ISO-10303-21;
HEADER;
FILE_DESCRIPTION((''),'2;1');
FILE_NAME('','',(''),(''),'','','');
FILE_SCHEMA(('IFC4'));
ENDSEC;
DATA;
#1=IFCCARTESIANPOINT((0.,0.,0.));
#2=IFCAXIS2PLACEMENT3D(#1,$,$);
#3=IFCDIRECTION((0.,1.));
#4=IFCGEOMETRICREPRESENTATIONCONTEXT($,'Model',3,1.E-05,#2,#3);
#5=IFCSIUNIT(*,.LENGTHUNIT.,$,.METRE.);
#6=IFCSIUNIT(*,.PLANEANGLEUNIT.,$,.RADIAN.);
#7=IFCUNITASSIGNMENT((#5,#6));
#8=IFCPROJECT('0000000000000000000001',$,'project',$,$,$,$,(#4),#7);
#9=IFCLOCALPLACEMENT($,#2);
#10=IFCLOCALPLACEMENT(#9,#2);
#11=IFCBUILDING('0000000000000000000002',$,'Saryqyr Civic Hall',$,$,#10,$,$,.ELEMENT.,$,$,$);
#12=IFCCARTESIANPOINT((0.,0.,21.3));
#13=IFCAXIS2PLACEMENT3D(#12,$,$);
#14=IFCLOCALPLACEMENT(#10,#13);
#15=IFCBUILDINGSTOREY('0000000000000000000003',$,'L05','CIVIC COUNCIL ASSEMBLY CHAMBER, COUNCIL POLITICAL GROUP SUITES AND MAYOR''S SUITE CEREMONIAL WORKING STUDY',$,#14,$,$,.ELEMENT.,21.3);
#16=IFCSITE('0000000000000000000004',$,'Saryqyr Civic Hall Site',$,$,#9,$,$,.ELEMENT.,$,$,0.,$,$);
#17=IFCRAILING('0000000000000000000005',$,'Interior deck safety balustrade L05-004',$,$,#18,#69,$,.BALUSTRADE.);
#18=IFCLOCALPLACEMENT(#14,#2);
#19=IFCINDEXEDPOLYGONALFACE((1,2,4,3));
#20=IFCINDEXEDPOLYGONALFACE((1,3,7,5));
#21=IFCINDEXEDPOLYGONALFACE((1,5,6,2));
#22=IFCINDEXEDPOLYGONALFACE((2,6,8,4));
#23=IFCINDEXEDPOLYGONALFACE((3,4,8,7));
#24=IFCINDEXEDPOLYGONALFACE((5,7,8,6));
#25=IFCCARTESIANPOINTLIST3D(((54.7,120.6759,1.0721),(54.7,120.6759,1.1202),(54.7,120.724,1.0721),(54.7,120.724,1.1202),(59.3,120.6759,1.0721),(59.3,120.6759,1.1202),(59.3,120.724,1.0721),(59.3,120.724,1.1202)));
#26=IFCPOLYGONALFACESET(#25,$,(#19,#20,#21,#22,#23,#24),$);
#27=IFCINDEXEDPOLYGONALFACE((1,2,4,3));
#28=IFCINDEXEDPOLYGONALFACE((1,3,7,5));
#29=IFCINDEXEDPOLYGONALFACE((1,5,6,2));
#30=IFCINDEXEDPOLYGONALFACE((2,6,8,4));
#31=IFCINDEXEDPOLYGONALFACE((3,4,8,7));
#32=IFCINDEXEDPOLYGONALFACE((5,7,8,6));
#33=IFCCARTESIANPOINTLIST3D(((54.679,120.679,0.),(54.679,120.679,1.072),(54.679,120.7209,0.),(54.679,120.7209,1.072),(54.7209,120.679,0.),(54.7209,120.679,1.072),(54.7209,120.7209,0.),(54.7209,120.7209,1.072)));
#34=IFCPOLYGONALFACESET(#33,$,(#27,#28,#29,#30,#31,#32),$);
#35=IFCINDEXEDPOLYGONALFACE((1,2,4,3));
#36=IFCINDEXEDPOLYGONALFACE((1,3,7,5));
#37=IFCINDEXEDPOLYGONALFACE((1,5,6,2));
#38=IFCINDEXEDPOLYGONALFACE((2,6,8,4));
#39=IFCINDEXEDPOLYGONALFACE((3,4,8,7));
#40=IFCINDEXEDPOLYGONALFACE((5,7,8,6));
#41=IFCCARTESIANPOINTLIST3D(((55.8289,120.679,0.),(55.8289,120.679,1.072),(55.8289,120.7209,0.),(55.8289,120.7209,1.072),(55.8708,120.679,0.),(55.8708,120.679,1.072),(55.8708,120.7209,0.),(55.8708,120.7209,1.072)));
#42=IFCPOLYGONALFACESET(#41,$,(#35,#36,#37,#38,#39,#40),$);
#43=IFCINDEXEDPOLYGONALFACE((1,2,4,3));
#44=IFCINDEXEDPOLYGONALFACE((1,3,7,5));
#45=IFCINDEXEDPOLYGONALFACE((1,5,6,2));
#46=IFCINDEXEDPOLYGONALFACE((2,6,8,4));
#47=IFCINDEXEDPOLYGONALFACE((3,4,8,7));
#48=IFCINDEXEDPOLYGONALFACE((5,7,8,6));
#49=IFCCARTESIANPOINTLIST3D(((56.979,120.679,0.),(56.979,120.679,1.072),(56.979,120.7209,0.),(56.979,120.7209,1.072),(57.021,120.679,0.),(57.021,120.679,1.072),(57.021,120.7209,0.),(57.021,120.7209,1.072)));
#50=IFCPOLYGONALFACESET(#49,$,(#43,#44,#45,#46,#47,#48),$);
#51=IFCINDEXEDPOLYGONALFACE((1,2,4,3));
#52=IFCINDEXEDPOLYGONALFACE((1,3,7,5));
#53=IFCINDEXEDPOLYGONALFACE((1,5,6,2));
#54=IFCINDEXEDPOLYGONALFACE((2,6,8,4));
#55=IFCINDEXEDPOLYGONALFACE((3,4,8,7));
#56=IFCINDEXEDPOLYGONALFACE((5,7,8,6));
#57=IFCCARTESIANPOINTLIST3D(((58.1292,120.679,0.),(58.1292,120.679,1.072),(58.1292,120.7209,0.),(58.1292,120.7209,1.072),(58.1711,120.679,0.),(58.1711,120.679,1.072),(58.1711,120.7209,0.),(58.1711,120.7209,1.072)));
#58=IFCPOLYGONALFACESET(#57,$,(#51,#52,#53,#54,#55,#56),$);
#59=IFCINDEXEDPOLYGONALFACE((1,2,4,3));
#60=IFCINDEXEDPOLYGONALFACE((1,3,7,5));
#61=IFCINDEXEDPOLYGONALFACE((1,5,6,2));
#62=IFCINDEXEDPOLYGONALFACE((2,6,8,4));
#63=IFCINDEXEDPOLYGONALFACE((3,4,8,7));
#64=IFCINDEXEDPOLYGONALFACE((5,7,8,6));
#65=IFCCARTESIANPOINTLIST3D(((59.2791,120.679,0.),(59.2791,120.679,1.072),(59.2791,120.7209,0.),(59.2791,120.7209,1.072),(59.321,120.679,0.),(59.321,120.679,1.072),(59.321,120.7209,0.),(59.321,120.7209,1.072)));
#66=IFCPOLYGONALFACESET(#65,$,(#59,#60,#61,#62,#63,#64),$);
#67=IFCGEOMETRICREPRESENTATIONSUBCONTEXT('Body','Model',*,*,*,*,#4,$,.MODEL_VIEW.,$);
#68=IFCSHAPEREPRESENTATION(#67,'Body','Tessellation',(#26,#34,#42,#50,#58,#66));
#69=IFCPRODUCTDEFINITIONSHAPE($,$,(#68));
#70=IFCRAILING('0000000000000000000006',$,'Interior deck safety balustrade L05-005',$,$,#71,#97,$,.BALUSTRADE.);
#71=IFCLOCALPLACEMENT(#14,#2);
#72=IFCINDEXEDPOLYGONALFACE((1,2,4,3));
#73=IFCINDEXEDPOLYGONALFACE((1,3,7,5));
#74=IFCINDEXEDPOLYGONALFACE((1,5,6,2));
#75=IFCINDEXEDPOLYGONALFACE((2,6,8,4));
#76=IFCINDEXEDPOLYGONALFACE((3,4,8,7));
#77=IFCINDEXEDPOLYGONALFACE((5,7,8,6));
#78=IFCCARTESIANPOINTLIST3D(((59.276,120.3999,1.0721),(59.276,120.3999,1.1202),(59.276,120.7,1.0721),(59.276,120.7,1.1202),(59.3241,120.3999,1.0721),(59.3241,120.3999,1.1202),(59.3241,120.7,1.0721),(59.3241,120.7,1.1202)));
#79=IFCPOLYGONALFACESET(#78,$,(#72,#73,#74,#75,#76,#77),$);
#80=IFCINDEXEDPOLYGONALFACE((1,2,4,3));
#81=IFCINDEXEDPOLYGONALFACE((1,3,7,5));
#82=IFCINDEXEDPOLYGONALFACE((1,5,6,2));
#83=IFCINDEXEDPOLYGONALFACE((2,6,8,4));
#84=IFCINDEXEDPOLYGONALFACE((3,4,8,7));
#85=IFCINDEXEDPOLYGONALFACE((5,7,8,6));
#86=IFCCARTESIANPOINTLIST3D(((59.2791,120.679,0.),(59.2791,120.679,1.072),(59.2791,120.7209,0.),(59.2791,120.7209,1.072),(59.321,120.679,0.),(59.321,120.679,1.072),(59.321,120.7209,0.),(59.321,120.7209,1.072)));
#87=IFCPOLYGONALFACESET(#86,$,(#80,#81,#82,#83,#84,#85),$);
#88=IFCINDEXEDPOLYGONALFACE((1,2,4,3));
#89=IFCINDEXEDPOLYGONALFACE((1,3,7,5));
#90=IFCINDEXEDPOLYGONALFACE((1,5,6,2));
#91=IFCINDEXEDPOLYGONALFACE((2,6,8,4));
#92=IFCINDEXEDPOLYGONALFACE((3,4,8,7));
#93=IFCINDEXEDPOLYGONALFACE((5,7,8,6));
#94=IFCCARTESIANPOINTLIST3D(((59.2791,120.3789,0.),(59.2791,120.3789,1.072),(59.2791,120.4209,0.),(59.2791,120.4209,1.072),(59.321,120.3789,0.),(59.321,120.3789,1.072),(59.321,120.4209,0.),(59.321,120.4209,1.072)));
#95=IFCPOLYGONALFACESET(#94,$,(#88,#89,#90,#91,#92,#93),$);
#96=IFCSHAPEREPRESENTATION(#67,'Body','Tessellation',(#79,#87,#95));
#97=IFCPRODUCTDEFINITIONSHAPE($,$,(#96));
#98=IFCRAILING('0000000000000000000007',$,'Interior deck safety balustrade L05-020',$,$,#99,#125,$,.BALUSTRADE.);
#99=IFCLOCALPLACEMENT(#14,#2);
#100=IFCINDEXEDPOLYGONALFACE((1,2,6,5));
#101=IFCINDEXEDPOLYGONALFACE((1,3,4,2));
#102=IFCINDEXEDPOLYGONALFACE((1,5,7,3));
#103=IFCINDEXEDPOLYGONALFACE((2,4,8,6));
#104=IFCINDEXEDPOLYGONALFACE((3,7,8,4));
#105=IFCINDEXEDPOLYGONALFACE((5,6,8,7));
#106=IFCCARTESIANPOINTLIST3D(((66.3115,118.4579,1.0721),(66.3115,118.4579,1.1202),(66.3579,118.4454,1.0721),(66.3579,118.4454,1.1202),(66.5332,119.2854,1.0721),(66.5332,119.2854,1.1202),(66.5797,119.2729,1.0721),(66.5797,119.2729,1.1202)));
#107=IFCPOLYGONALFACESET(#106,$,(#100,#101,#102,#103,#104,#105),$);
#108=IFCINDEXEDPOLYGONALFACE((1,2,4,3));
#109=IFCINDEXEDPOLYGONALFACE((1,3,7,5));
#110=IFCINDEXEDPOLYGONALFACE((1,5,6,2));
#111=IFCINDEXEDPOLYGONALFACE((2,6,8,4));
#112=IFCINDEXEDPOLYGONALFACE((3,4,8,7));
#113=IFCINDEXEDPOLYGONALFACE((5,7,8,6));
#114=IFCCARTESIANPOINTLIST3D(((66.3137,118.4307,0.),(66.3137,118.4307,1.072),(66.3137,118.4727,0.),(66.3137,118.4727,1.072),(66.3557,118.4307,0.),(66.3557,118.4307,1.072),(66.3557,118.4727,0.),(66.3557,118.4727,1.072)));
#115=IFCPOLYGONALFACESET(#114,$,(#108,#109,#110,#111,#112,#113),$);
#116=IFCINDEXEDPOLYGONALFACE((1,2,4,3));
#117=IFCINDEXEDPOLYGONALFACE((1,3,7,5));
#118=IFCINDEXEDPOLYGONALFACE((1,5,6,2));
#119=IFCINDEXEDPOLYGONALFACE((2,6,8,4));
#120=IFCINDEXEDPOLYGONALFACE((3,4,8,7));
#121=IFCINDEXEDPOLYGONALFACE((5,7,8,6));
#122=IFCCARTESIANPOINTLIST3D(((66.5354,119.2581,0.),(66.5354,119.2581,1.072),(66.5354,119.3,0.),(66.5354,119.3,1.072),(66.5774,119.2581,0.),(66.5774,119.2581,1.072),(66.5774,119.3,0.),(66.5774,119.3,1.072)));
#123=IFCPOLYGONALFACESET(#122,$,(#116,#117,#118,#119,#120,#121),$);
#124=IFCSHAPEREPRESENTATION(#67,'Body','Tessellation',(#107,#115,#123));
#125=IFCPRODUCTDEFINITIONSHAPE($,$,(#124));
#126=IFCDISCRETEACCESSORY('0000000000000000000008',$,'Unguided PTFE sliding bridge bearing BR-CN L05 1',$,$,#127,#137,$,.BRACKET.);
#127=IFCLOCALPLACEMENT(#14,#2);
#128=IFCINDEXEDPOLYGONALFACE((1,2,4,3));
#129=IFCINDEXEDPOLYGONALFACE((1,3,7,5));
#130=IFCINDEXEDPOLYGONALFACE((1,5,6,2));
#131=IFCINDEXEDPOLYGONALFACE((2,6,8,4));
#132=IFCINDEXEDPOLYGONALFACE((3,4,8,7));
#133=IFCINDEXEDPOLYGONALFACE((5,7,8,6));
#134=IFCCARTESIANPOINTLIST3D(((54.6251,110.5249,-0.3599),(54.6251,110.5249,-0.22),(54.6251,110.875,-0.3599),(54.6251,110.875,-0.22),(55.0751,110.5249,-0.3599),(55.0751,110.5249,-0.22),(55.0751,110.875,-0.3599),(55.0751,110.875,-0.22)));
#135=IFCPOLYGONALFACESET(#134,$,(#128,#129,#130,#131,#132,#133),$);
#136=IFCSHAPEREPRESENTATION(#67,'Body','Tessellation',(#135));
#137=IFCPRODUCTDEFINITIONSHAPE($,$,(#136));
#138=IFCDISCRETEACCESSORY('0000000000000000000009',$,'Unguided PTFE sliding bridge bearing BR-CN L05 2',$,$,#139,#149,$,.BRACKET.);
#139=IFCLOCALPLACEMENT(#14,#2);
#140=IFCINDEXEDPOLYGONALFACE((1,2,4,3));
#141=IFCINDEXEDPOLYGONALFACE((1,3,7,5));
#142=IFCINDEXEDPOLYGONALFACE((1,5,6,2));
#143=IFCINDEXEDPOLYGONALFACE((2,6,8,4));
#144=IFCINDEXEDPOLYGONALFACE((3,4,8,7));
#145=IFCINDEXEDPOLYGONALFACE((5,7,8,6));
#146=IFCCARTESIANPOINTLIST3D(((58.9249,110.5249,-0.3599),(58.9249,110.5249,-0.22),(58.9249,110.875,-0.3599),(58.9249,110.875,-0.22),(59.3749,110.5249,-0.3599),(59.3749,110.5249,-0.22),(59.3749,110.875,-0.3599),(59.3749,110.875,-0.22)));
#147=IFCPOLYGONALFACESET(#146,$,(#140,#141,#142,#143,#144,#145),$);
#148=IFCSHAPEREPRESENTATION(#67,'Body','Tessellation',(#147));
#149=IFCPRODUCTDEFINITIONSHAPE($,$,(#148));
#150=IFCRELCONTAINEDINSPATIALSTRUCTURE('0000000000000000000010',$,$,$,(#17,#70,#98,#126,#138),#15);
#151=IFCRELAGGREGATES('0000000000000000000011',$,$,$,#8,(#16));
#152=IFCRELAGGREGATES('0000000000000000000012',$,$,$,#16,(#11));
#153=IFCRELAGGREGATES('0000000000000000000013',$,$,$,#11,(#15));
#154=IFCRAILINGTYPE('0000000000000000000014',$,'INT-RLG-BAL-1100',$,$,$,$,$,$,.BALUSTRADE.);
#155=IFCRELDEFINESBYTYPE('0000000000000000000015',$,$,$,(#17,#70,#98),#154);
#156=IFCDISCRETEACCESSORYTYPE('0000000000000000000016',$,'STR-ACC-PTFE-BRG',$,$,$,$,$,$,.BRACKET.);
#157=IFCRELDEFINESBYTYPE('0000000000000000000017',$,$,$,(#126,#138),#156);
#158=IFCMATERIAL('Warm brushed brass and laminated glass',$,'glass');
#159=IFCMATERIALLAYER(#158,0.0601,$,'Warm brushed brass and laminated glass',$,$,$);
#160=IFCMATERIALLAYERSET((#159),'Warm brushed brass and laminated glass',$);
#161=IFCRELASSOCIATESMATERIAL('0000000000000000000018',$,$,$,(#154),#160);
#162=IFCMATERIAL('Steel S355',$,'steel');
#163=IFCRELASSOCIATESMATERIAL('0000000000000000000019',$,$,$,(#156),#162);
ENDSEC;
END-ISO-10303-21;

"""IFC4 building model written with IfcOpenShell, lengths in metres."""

from ifc_helpers import new_model, si_unit, direction, frame, origin, origin_2d, place, context, subcontext, project, spatial, rectangle, extrude, material, layer, layer_set, type_object, element, save


model = new_model("IFC4")

# Units and contexts
model_context = context("Model", 3, precision=1e-05, world=origin(), true_north=direction((0.0, 1.0)))
body_context = subcontext(model_context, "Body", "Model", "MODEL_VIEW")
ifc_project = project(units=[si_unit("LENGTHUNIT", "METRE"), si_unit("PLANEANGLEUNIT", "RADIAN")], contexts=[model_context])

# Site, building, storey
site_placement = place(None, origin())
site = spatial("IfcSite", under=ifc_project, at=site_placement, Name="Saryqyr Civic Hall Site", CompositionType="ELEMENT", RefElevation=0.0)
building_placement = place(site_placement, origin())
building = spatial("IfcBuilding", under=site, at=building_placement, Name="Saryqyr Civic Hall", CompositionType="ELEMENT")
storey_placement = place(building_placement, frame((0.0, 0.0, 21.3)))
storey = spatial("IfcBuildingStorey", under=building, at=storey_placement, Name="L05", Description="CIVIC COUNCIL ASSEMBLY CHAMBER, COUNCIL POLITICAL GROUP SUITES AND MAYOR'S SUITE CEREMONIAL WORKING STUDY", CompositionType="ELEMENT", Elevation=21.3)

# Shared definitions
ifc_material_1 = material(Name="Steel S355", Category="steel")

# Railings
ifc_material_2 = material(Name="Warm brushed brass and laminated glass", Category="glass")
ifc_layer_1 = layer(ifc_material_2, 0.0601, Name="Warm brushed brass and laminated glass")
ifc_layer_set_1 = layer_set([ifc_layer_1], Name="Warm brushed brass and laminated glass")
railing_type_1 = type_object("IfcRailingType", Name="INT-RLG-BAL-1100", PredefinedType="BALUSTRADE", material=ifc_layer_set_1)
railing_1_placement = place(storey_placement, frame((54.7, 120.7, 0.0)))
element("IfcRailing", 1, at=railing_1_placement, inside=storey, type_object=railing_type_1, Name="Interior deck safety balustrade L05-004", PredefinedType="BALUSTRADE", context=body_context, shape_type="SweptSolid", body=[
    extrude(rectangle(XDim=0.0481, YDim=0.0481, at=origin_2d()), frame((0.0, 0.0, 1.0962), z_axis=(1.0, 0.0, 0.0), x_axis=(0.0, 1.0, 0.0)), (0.0, 0.0, 1.0), 4.6001),
    extrude(rectangle(XDim=0.042, YDim=0.042, at=origin_2d()), origin(), (0.0, 0.0, 1.0), 1.072),
    extrude(rectangle(XDim=0.042, YDim=0.042, at=origin_2d()), frame((1.1499, 0.0, 0.0)), (0.0, 0.0, 1.0), 1.072),
    extrude(rectangle(XDim=0.042, YDim=0.042, at=origin_2d()), frame((2.3, 0.0, 0.0)), (0.0, 0.0, 1.0), 1.072),
    extrude(rectangle(XDim=0.042, YDim=0.042, at=origin_2d()), frame((3.4502, 0.0, 0.0)), (0.0, 0.0, 1.0), 1.072),
    extrude(rectangle(XDim=0.042, YDim=0.042, at=origin_2d()), frame((4.6001, 0.0, 0.0)), (0.0, 0.0, 1.0), 1.072),
])
railing_2_placement = place(storey_placement, frame((59.3, 120.7, 0.0)))
element("IfcRailing", 2, at=railing_2_placement, inside=storey, type_object=railing_type_1, Name="Interior deck safety balustrade L05-005", PredefinedType="BALUSTRADE", context=body_context, shape_type="SweptSolid", body=[
    extrude(rectangle(XDim=0.0481, YDim=0.0481, at=origin_2d()), frame((0.0, 0.0, 1.0962), z_axis=(0.0, -1.0, 0.0), x_axis=(1.0, 0.0, 0.0)), (0.0, 0.0, 1.0), 0.3),
    extrude(rectangle(XDim=0.042, YDim=0.042, at=origin_2d()), origin(), (0.0, 0.0, 1.0), 1.072),
    extrude(rectangle(XDim=0.042, YDim=0.042, at=origin_2d()), frame((0.0, -0.3, 0.0)), (0.0, 0.0, 1.0), 1.072),
])
railing_3_placement = place(storey_placement, frame((66.3347, 118.4517, 0.0)))
element("IfcRailing", 3, at=railing_3_placement, inside=storey, type_object=railing_type_1, Name="Interior deck safety balustrade L05-020", PredefinedType="BALUSTRADE", context=body_context, shape_type="SweptSolid", body=[
    extrude(rectangle(XDim=0.0481, YDim=0.0481, at=origin_2d()), frame((0.0, 0.0, 1.0962), z_axis=(0.258798, 0.965932, 0.0), x_axis=(-0.965932, 0.258798, 0.0)), (0.0, 0.0, 1.0), 0.8567),
    extrude(rectangle(XDim=0.042, YDim=0.042, at=origin_2d()), origin(), (0.0, 0.0, 1.0), 1.072),
    extrude(rectangle(XDim=0.042, YDim=0.042, at=origin_2d()), frame((0.2217, 0.8274, 0.0)), (0.0, 0.0, 1.0), 1.072),
])

# Discrete accessories
discrete_accessory_type = type_object("IfcDiscreteAccessoryType", Name="STR-ACC-PTFE-BRG", PredefinedType="BRACKET", material=ifc_material_1)
for number, where, z_axis, x_axis, name in (
    (4, (54.8501, 110.7, -0.3599), (0.0, 0.0, 1.0), (1.0, 0.0, 0.0), "Unguided PTFE sliding bridge bearing BR-CN L05 1"),
    (5, (59.1499, 110.7, -0.3599), (0.0, 0.0, 1.0), (1.0, 0.0, 0.0), "Unguided PTFE sliding bridge bearing BR-CN L05 2"),
):
    element("IfcDiscreteAccessory", number, at=place(storey_placement, frame(where, z_axis=z_axis, x_axis=x_axis)), inside=storey, type_object=discrete_accessory_type, Name=name, PredefinedType="BRACKET", context=body_context, shape_type="SweptSolid", body=[
        extrude(rectangle(XDim=0.45, YDim=0.3501, at=origin_2d()), origin(), (0.0, 0.0, 1.0), 0.1399),
    ])

save(model, "model.ifc")
